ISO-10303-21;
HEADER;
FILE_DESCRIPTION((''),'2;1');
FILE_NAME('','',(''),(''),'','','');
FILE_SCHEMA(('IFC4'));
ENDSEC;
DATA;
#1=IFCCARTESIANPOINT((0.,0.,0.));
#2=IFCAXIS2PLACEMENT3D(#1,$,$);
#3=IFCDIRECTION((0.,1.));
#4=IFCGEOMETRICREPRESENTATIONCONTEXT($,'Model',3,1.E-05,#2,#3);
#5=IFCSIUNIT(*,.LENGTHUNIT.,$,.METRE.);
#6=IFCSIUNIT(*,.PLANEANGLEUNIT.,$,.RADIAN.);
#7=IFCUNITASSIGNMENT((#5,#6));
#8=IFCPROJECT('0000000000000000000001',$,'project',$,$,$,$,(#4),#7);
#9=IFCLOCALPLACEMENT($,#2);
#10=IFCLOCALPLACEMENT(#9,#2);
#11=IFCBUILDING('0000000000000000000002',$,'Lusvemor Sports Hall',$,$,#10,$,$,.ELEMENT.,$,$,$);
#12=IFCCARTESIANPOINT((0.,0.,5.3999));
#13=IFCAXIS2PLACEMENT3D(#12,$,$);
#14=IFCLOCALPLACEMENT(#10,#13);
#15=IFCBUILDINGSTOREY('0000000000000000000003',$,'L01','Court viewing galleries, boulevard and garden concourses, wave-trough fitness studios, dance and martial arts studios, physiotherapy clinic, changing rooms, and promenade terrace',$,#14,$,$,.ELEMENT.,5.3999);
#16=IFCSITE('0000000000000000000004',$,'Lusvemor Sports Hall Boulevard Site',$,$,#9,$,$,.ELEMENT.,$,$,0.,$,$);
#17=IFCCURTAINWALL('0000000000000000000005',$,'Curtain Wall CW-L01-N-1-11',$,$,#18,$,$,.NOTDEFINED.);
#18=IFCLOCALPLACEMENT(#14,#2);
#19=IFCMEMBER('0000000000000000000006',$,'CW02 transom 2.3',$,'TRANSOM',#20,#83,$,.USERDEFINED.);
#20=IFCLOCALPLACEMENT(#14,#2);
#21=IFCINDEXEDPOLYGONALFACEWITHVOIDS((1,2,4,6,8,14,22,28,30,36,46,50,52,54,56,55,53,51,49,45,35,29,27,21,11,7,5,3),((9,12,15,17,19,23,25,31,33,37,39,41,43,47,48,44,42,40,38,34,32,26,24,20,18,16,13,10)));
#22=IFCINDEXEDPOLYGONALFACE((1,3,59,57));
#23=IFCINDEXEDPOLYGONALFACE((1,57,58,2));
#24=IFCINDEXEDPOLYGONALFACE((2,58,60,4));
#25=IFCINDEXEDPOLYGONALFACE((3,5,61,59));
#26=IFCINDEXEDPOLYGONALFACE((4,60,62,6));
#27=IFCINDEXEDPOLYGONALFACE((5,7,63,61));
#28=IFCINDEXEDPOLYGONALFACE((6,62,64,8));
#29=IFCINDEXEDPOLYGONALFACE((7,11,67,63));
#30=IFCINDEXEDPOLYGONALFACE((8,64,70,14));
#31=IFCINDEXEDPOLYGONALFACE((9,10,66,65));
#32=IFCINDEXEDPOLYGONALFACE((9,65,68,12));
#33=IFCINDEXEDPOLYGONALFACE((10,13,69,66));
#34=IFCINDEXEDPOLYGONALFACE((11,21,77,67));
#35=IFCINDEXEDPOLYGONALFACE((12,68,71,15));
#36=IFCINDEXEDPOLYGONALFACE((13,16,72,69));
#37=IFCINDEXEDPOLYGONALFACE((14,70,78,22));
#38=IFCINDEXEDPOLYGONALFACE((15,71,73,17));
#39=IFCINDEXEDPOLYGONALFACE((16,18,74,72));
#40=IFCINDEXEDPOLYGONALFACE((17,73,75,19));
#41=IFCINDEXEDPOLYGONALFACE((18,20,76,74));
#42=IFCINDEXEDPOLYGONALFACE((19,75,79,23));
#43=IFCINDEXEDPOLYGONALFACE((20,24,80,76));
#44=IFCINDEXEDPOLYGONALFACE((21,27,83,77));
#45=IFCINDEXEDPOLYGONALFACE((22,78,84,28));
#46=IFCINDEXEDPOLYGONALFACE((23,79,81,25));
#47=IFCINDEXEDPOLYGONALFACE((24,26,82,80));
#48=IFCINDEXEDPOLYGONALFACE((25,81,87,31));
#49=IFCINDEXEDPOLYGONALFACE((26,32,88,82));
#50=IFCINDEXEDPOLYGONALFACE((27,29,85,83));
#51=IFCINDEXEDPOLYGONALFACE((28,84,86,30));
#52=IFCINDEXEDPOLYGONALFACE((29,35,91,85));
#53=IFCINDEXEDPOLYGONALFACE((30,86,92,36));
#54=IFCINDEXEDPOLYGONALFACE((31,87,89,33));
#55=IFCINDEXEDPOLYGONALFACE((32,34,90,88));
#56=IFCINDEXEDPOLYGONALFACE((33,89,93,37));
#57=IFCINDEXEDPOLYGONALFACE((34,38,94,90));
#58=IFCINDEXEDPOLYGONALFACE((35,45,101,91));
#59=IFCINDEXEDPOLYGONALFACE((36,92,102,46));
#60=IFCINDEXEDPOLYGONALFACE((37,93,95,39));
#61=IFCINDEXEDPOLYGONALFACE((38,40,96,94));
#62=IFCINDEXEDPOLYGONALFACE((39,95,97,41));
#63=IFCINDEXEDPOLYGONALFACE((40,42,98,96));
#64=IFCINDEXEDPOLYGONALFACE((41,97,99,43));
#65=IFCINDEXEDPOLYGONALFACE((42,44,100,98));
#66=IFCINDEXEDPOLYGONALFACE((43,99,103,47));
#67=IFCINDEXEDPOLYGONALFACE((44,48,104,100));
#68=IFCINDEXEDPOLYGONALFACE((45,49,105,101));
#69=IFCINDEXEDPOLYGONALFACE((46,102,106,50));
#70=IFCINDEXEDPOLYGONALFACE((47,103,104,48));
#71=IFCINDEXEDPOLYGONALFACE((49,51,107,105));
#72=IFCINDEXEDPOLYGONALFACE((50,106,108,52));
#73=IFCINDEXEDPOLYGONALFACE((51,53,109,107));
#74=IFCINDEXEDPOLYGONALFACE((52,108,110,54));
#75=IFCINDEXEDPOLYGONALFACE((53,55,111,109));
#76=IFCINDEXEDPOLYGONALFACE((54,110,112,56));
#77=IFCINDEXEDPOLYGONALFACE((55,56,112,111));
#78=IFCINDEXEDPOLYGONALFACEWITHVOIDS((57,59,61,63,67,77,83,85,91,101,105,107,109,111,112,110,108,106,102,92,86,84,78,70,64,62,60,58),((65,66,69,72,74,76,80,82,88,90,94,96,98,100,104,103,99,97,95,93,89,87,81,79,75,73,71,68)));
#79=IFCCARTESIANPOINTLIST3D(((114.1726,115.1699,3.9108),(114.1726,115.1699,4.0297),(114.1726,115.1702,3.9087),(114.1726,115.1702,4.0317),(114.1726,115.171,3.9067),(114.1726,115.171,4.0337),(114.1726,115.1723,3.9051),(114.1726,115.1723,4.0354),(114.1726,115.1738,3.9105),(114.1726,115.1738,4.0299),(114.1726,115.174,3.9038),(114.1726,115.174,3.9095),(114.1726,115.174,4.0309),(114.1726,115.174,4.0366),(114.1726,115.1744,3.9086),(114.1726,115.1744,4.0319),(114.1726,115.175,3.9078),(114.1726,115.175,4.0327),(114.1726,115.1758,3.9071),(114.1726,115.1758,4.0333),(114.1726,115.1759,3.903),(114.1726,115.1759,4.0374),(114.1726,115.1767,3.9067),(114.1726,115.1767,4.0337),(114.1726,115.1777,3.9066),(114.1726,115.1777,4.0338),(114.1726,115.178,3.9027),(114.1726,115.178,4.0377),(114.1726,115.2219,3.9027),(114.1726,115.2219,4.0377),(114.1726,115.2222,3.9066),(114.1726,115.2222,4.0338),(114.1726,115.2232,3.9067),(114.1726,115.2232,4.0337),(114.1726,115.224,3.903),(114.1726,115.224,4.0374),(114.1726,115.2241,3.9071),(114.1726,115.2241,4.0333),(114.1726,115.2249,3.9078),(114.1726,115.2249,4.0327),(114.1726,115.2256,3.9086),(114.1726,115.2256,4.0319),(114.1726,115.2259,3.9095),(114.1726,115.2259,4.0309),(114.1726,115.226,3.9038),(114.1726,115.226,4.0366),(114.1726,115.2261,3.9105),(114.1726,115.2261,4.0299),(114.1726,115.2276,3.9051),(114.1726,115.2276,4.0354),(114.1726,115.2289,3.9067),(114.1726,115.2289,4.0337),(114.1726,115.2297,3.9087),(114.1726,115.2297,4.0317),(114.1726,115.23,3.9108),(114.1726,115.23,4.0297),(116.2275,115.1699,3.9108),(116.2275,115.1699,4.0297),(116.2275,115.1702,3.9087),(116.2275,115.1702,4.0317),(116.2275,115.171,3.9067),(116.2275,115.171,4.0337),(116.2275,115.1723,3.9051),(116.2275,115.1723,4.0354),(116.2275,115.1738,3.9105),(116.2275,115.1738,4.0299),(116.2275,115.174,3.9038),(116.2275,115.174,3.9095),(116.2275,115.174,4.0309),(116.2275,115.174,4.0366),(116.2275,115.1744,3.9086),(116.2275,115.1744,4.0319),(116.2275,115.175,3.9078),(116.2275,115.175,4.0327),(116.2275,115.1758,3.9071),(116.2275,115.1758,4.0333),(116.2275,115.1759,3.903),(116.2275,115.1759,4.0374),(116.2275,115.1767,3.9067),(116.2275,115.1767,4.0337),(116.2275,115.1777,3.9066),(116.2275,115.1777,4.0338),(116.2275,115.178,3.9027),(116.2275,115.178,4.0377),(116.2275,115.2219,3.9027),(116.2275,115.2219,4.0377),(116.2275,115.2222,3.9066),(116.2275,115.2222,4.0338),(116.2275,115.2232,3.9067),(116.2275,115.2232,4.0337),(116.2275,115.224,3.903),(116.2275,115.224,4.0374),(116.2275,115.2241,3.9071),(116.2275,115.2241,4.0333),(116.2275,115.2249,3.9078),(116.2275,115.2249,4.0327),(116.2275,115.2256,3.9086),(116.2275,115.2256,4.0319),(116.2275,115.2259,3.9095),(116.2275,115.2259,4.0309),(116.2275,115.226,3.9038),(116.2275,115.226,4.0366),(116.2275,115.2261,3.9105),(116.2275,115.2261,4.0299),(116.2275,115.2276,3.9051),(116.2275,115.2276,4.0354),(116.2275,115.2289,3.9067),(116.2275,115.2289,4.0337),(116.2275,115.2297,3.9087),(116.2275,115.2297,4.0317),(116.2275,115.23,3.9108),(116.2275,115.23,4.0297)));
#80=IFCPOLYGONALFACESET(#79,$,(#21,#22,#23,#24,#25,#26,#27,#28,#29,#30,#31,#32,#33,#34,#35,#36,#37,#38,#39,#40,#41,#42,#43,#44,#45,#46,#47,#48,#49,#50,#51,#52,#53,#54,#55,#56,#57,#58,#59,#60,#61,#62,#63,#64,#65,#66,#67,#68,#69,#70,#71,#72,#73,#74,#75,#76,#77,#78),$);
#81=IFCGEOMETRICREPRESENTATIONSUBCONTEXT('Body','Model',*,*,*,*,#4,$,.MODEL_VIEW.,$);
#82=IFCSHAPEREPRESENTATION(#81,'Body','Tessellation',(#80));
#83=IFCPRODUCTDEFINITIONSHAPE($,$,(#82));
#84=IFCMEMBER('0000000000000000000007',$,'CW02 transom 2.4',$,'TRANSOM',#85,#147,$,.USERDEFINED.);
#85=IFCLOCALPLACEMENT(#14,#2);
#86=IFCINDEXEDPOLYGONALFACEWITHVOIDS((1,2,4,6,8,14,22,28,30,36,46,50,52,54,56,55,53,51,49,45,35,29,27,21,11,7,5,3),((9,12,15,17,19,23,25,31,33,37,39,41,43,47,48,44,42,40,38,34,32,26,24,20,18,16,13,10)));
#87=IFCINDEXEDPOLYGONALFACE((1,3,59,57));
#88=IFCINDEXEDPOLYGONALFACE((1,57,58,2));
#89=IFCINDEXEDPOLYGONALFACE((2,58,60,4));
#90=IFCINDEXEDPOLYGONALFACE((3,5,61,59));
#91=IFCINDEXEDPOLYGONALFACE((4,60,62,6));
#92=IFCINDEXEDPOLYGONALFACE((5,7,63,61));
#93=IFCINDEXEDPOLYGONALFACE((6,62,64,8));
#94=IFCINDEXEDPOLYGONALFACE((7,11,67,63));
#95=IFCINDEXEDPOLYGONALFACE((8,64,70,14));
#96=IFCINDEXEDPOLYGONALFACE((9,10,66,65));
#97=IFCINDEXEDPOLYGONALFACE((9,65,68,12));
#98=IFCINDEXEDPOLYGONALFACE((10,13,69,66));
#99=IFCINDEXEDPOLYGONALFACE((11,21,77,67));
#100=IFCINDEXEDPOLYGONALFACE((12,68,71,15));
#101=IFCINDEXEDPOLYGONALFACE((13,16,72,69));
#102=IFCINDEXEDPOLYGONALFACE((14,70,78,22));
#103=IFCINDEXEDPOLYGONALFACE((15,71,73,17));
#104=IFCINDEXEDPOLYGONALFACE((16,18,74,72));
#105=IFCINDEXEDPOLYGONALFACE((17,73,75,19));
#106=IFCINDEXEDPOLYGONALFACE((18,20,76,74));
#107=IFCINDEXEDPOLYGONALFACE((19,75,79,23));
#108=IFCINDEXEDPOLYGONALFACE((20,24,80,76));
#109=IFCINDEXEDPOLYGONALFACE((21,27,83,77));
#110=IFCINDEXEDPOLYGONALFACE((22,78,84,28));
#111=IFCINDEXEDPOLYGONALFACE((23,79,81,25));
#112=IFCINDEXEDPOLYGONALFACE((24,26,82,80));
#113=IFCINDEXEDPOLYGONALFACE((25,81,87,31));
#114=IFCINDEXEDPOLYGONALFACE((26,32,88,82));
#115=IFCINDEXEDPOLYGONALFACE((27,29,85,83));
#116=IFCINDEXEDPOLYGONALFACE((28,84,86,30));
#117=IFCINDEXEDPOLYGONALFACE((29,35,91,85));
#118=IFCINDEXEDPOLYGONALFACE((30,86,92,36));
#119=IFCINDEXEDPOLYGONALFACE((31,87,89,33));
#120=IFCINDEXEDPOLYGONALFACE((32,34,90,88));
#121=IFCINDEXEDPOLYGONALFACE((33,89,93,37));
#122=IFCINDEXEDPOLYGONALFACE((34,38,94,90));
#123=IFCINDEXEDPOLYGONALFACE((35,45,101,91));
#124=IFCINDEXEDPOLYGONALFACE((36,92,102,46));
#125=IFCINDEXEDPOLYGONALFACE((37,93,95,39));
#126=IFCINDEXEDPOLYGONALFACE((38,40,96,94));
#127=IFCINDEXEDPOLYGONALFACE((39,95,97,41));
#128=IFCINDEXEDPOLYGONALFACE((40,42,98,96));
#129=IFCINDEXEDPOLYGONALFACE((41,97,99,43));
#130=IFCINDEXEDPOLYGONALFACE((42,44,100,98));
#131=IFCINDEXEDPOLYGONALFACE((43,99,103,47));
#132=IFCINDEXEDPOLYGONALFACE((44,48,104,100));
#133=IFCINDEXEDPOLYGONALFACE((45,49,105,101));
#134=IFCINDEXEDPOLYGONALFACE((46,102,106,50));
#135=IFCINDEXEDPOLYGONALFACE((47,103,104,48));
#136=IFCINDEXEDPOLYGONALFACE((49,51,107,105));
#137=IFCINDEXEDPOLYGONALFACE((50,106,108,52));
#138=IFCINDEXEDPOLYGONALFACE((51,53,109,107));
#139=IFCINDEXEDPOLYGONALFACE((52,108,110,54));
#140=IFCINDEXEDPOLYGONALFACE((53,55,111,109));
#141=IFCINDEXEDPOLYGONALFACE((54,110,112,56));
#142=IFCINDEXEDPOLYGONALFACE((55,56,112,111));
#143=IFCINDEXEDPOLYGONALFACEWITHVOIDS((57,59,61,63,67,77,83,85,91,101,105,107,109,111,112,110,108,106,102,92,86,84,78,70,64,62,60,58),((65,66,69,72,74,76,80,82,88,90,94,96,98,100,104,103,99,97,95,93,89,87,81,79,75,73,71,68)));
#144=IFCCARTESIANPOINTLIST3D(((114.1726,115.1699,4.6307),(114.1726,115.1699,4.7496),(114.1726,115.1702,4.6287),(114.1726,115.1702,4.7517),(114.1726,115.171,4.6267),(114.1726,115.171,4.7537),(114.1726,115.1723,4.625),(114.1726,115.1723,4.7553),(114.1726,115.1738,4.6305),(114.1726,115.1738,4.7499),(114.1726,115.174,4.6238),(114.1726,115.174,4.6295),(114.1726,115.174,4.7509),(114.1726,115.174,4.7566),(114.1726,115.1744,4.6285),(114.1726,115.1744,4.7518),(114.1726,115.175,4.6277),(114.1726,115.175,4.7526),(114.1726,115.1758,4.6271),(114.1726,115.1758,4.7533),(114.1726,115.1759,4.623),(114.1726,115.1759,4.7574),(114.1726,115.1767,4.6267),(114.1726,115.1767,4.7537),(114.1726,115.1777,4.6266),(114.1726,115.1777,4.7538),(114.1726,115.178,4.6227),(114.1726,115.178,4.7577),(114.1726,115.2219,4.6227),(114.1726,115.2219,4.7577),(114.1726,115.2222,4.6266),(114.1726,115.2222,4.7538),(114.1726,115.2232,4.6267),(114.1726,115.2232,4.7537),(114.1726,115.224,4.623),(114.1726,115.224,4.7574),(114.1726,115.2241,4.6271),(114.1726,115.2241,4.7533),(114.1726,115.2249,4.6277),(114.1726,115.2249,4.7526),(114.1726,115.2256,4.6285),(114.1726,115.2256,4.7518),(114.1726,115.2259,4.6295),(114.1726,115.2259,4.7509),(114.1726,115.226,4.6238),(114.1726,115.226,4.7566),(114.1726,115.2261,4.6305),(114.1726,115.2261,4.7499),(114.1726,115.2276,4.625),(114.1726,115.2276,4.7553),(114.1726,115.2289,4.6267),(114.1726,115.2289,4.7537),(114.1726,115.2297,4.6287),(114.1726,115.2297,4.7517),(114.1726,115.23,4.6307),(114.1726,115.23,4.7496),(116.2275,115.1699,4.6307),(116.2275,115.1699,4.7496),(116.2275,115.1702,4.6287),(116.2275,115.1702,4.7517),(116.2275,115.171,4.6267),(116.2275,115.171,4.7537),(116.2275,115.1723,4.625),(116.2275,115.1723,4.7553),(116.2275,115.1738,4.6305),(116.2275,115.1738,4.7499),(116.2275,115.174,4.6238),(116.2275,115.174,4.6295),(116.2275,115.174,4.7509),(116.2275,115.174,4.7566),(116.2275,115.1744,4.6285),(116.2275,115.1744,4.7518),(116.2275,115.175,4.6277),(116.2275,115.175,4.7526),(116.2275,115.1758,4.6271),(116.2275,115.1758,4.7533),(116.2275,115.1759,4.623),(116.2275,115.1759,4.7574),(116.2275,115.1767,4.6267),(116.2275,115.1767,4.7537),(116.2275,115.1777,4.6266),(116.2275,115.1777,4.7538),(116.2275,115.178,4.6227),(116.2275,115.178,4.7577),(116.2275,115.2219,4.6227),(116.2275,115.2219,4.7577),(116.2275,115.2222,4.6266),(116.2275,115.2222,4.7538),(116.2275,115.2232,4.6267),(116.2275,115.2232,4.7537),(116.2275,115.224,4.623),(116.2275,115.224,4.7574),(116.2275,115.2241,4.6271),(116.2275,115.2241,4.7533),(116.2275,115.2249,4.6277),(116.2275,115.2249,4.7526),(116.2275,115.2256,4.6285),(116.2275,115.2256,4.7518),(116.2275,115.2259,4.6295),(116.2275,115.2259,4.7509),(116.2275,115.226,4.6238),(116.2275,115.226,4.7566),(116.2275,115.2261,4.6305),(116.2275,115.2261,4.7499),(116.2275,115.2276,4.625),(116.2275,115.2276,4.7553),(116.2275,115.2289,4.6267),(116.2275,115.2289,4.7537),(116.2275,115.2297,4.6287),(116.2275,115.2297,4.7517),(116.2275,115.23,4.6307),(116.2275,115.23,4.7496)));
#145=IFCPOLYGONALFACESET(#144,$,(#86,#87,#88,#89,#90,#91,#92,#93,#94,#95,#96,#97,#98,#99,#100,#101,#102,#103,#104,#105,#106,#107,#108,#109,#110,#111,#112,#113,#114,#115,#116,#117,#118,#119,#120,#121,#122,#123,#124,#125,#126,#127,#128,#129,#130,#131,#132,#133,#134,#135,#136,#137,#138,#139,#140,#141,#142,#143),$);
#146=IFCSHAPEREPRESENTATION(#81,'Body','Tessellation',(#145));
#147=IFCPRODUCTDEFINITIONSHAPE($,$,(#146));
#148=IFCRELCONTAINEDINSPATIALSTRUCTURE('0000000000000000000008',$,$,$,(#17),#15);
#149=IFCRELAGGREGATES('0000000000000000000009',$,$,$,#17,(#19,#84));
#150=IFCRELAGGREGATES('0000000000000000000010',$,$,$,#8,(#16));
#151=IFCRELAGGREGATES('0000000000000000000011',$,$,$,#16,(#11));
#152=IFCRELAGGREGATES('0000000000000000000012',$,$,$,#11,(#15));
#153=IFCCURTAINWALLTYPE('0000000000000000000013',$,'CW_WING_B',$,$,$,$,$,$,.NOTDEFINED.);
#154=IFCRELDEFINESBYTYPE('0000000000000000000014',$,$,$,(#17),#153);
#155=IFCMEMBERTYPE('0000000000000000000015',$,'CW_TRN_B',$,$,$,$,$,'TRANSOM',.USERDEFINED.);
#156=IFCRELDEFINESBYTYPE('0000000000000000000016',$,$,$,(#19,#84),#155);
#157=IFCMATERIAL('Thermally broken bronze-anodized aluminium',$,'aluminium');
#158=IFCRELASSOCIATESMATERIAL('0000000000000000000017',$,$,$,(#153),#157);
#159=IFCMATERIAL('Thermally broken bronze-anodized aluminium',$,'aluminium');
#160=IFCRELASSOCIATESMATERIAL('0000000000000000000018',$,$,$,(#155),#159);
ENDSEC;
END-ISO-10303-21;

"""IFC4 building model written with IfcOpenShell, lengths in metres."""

from ifc_helpers import new_model, si_unit, direction, frame, origin, origin_2d, place, context, subcontext, project, spatial, hollow_rectangle, extrude, material, material_profile, profile_set, type_object, element, aggregate, save


model = new_model("IFC4")

# Units and contexts
model_context = context("Model", 3, precision=1e-05, world=origin(), true_north=direction((0.0, 1.0)))
body_context = subcontext(model_context, "Body", "Model", "MODEL_VIEW")
ifc_project = project(units=[si_unit("LENGTHUNIT", "METRE"), si_unit("PLANEANGLEUNIT", "RADIAN")], contexts=[model_context])

# Site, building, storey
site_placement = place(None, origin())
site = spatial("IfcSite", under=ifc_project, at=site_placement, Name="Lusvemor Sports Hall Boulevard Site", CompositionType="ELEMENT", RefElevation=0.0)
building_placement = place(site_placement, origin())
building = spatial("IfcBuilding", under=site, at=building_placement, Name="Lusvemor Sports Hall", CompositionType="ELEMENT")
storey_placement = place(building_placement, frame((0.0, 0.0, 5.3999)))
storey = spatial("IfcBuildingStorey", under=building, at=storey_placement, Name="L01", Description="Court viewing galleries, boulevard and garden concourses, wave-trough fitness studios, dance and martial arts studios, physiotherapy clinic, changing rooms, and promenade terrace", CompositionType="ELEMENT", Elevation=5.3999)

# Curtain wall, members
ifc_material_1 = material(Name="Thermally broken bronze-anodized aluminium", Category="aluminium")
curtain_wall_type = type_object("IfcCurtainWallType", Name="CW_WING_B", PredefinedType="NOTDEFINED", material=ifc_material_1)
curtain_wall_placement = place(storey_placement, origin())
curtain_wall = element("IfcCurtainWall", 1, at=curtain_wall_placement, inside=storey, type_object=curtain_wall_type, Name="Curtain Wall CW-L01-N-1-11", PredefinedType="NOTDEFINED")
ifc_material_2 = material(Name="Thermally broken bronze-anodized aluminium", Category="aluminium")
ifc_material_profile_1 = material_profile(ifc_material_2, hollow_rectangle(XDim=0.0601, YDim=0.135, WallThickness=0.0039, InnerFilletRadius=0.0039, OuterFilletRadius=0.0081, at=origin_2d()), Name="CWTRN135x60x4")
ifc_profile_set_1 = profile_set([ifc_material_profile_1], Name="Thermally broken bronze-anodized aluminium")
member_type_1 = type_object("IfcMemberType", Name="CW_TRN_B", ElementType="TRANSOM", PredefinedType="USERDEFINED", material=ifc_profile_set_1)
member_1_placement = place(storey_placement, frame((114.1726, 115.2, 3.9702), z_axis=(1.0, 0.0, 0.0), x_axis=(0.0, 1.0, 0.0)))
member_1 = element("IfcMember", 2, at=member_1_placement, type_object=member_type_1, Name="CW02 transom 2.3", ObjectType="TRANSOM", PredefinedType="USERDEFINED", context=body_context, shape_type="SweptSolid", body=[
    extrude(hollow_rectangle(XDim=0.0601, YDim=0.135, WallThickness=0.0039, InnerFilletRadius=0.0039, OuterFilletRadius=0.0081, at=origin_2d()), origin(), (0.0, 0.0, 1.0), 2.0549),
])
member_2_placement = place(storey_placement, frame((114.1726, 115.2, 4.6902), z_axis=(1.0, 0.0, 0.0), x_axis=(0.0, 1.0, 0.0)))
member_2 = element("IfcMember", 3, at=member_2_placement, type_object=member_type_1, Name="CW02 transom 2.4", ObjectType="TRANSOM", PredefinedType="USERDEFINED", context=body_context, shape_type="SweptSolid", body=[
    extrude(hollow_rectangle(XDim=0.0601, YDim=0.135, WallThickness=0.0039, InnerFilletRadius=0.0039, OuterFilletRadius=0.0081, at=origin_2d()), origin(), (0.0, 0.0, 1.0), 2.0549),
])

aggregate(curtain_wall, [member_1, member_2])

save(model, "model.ifc")
